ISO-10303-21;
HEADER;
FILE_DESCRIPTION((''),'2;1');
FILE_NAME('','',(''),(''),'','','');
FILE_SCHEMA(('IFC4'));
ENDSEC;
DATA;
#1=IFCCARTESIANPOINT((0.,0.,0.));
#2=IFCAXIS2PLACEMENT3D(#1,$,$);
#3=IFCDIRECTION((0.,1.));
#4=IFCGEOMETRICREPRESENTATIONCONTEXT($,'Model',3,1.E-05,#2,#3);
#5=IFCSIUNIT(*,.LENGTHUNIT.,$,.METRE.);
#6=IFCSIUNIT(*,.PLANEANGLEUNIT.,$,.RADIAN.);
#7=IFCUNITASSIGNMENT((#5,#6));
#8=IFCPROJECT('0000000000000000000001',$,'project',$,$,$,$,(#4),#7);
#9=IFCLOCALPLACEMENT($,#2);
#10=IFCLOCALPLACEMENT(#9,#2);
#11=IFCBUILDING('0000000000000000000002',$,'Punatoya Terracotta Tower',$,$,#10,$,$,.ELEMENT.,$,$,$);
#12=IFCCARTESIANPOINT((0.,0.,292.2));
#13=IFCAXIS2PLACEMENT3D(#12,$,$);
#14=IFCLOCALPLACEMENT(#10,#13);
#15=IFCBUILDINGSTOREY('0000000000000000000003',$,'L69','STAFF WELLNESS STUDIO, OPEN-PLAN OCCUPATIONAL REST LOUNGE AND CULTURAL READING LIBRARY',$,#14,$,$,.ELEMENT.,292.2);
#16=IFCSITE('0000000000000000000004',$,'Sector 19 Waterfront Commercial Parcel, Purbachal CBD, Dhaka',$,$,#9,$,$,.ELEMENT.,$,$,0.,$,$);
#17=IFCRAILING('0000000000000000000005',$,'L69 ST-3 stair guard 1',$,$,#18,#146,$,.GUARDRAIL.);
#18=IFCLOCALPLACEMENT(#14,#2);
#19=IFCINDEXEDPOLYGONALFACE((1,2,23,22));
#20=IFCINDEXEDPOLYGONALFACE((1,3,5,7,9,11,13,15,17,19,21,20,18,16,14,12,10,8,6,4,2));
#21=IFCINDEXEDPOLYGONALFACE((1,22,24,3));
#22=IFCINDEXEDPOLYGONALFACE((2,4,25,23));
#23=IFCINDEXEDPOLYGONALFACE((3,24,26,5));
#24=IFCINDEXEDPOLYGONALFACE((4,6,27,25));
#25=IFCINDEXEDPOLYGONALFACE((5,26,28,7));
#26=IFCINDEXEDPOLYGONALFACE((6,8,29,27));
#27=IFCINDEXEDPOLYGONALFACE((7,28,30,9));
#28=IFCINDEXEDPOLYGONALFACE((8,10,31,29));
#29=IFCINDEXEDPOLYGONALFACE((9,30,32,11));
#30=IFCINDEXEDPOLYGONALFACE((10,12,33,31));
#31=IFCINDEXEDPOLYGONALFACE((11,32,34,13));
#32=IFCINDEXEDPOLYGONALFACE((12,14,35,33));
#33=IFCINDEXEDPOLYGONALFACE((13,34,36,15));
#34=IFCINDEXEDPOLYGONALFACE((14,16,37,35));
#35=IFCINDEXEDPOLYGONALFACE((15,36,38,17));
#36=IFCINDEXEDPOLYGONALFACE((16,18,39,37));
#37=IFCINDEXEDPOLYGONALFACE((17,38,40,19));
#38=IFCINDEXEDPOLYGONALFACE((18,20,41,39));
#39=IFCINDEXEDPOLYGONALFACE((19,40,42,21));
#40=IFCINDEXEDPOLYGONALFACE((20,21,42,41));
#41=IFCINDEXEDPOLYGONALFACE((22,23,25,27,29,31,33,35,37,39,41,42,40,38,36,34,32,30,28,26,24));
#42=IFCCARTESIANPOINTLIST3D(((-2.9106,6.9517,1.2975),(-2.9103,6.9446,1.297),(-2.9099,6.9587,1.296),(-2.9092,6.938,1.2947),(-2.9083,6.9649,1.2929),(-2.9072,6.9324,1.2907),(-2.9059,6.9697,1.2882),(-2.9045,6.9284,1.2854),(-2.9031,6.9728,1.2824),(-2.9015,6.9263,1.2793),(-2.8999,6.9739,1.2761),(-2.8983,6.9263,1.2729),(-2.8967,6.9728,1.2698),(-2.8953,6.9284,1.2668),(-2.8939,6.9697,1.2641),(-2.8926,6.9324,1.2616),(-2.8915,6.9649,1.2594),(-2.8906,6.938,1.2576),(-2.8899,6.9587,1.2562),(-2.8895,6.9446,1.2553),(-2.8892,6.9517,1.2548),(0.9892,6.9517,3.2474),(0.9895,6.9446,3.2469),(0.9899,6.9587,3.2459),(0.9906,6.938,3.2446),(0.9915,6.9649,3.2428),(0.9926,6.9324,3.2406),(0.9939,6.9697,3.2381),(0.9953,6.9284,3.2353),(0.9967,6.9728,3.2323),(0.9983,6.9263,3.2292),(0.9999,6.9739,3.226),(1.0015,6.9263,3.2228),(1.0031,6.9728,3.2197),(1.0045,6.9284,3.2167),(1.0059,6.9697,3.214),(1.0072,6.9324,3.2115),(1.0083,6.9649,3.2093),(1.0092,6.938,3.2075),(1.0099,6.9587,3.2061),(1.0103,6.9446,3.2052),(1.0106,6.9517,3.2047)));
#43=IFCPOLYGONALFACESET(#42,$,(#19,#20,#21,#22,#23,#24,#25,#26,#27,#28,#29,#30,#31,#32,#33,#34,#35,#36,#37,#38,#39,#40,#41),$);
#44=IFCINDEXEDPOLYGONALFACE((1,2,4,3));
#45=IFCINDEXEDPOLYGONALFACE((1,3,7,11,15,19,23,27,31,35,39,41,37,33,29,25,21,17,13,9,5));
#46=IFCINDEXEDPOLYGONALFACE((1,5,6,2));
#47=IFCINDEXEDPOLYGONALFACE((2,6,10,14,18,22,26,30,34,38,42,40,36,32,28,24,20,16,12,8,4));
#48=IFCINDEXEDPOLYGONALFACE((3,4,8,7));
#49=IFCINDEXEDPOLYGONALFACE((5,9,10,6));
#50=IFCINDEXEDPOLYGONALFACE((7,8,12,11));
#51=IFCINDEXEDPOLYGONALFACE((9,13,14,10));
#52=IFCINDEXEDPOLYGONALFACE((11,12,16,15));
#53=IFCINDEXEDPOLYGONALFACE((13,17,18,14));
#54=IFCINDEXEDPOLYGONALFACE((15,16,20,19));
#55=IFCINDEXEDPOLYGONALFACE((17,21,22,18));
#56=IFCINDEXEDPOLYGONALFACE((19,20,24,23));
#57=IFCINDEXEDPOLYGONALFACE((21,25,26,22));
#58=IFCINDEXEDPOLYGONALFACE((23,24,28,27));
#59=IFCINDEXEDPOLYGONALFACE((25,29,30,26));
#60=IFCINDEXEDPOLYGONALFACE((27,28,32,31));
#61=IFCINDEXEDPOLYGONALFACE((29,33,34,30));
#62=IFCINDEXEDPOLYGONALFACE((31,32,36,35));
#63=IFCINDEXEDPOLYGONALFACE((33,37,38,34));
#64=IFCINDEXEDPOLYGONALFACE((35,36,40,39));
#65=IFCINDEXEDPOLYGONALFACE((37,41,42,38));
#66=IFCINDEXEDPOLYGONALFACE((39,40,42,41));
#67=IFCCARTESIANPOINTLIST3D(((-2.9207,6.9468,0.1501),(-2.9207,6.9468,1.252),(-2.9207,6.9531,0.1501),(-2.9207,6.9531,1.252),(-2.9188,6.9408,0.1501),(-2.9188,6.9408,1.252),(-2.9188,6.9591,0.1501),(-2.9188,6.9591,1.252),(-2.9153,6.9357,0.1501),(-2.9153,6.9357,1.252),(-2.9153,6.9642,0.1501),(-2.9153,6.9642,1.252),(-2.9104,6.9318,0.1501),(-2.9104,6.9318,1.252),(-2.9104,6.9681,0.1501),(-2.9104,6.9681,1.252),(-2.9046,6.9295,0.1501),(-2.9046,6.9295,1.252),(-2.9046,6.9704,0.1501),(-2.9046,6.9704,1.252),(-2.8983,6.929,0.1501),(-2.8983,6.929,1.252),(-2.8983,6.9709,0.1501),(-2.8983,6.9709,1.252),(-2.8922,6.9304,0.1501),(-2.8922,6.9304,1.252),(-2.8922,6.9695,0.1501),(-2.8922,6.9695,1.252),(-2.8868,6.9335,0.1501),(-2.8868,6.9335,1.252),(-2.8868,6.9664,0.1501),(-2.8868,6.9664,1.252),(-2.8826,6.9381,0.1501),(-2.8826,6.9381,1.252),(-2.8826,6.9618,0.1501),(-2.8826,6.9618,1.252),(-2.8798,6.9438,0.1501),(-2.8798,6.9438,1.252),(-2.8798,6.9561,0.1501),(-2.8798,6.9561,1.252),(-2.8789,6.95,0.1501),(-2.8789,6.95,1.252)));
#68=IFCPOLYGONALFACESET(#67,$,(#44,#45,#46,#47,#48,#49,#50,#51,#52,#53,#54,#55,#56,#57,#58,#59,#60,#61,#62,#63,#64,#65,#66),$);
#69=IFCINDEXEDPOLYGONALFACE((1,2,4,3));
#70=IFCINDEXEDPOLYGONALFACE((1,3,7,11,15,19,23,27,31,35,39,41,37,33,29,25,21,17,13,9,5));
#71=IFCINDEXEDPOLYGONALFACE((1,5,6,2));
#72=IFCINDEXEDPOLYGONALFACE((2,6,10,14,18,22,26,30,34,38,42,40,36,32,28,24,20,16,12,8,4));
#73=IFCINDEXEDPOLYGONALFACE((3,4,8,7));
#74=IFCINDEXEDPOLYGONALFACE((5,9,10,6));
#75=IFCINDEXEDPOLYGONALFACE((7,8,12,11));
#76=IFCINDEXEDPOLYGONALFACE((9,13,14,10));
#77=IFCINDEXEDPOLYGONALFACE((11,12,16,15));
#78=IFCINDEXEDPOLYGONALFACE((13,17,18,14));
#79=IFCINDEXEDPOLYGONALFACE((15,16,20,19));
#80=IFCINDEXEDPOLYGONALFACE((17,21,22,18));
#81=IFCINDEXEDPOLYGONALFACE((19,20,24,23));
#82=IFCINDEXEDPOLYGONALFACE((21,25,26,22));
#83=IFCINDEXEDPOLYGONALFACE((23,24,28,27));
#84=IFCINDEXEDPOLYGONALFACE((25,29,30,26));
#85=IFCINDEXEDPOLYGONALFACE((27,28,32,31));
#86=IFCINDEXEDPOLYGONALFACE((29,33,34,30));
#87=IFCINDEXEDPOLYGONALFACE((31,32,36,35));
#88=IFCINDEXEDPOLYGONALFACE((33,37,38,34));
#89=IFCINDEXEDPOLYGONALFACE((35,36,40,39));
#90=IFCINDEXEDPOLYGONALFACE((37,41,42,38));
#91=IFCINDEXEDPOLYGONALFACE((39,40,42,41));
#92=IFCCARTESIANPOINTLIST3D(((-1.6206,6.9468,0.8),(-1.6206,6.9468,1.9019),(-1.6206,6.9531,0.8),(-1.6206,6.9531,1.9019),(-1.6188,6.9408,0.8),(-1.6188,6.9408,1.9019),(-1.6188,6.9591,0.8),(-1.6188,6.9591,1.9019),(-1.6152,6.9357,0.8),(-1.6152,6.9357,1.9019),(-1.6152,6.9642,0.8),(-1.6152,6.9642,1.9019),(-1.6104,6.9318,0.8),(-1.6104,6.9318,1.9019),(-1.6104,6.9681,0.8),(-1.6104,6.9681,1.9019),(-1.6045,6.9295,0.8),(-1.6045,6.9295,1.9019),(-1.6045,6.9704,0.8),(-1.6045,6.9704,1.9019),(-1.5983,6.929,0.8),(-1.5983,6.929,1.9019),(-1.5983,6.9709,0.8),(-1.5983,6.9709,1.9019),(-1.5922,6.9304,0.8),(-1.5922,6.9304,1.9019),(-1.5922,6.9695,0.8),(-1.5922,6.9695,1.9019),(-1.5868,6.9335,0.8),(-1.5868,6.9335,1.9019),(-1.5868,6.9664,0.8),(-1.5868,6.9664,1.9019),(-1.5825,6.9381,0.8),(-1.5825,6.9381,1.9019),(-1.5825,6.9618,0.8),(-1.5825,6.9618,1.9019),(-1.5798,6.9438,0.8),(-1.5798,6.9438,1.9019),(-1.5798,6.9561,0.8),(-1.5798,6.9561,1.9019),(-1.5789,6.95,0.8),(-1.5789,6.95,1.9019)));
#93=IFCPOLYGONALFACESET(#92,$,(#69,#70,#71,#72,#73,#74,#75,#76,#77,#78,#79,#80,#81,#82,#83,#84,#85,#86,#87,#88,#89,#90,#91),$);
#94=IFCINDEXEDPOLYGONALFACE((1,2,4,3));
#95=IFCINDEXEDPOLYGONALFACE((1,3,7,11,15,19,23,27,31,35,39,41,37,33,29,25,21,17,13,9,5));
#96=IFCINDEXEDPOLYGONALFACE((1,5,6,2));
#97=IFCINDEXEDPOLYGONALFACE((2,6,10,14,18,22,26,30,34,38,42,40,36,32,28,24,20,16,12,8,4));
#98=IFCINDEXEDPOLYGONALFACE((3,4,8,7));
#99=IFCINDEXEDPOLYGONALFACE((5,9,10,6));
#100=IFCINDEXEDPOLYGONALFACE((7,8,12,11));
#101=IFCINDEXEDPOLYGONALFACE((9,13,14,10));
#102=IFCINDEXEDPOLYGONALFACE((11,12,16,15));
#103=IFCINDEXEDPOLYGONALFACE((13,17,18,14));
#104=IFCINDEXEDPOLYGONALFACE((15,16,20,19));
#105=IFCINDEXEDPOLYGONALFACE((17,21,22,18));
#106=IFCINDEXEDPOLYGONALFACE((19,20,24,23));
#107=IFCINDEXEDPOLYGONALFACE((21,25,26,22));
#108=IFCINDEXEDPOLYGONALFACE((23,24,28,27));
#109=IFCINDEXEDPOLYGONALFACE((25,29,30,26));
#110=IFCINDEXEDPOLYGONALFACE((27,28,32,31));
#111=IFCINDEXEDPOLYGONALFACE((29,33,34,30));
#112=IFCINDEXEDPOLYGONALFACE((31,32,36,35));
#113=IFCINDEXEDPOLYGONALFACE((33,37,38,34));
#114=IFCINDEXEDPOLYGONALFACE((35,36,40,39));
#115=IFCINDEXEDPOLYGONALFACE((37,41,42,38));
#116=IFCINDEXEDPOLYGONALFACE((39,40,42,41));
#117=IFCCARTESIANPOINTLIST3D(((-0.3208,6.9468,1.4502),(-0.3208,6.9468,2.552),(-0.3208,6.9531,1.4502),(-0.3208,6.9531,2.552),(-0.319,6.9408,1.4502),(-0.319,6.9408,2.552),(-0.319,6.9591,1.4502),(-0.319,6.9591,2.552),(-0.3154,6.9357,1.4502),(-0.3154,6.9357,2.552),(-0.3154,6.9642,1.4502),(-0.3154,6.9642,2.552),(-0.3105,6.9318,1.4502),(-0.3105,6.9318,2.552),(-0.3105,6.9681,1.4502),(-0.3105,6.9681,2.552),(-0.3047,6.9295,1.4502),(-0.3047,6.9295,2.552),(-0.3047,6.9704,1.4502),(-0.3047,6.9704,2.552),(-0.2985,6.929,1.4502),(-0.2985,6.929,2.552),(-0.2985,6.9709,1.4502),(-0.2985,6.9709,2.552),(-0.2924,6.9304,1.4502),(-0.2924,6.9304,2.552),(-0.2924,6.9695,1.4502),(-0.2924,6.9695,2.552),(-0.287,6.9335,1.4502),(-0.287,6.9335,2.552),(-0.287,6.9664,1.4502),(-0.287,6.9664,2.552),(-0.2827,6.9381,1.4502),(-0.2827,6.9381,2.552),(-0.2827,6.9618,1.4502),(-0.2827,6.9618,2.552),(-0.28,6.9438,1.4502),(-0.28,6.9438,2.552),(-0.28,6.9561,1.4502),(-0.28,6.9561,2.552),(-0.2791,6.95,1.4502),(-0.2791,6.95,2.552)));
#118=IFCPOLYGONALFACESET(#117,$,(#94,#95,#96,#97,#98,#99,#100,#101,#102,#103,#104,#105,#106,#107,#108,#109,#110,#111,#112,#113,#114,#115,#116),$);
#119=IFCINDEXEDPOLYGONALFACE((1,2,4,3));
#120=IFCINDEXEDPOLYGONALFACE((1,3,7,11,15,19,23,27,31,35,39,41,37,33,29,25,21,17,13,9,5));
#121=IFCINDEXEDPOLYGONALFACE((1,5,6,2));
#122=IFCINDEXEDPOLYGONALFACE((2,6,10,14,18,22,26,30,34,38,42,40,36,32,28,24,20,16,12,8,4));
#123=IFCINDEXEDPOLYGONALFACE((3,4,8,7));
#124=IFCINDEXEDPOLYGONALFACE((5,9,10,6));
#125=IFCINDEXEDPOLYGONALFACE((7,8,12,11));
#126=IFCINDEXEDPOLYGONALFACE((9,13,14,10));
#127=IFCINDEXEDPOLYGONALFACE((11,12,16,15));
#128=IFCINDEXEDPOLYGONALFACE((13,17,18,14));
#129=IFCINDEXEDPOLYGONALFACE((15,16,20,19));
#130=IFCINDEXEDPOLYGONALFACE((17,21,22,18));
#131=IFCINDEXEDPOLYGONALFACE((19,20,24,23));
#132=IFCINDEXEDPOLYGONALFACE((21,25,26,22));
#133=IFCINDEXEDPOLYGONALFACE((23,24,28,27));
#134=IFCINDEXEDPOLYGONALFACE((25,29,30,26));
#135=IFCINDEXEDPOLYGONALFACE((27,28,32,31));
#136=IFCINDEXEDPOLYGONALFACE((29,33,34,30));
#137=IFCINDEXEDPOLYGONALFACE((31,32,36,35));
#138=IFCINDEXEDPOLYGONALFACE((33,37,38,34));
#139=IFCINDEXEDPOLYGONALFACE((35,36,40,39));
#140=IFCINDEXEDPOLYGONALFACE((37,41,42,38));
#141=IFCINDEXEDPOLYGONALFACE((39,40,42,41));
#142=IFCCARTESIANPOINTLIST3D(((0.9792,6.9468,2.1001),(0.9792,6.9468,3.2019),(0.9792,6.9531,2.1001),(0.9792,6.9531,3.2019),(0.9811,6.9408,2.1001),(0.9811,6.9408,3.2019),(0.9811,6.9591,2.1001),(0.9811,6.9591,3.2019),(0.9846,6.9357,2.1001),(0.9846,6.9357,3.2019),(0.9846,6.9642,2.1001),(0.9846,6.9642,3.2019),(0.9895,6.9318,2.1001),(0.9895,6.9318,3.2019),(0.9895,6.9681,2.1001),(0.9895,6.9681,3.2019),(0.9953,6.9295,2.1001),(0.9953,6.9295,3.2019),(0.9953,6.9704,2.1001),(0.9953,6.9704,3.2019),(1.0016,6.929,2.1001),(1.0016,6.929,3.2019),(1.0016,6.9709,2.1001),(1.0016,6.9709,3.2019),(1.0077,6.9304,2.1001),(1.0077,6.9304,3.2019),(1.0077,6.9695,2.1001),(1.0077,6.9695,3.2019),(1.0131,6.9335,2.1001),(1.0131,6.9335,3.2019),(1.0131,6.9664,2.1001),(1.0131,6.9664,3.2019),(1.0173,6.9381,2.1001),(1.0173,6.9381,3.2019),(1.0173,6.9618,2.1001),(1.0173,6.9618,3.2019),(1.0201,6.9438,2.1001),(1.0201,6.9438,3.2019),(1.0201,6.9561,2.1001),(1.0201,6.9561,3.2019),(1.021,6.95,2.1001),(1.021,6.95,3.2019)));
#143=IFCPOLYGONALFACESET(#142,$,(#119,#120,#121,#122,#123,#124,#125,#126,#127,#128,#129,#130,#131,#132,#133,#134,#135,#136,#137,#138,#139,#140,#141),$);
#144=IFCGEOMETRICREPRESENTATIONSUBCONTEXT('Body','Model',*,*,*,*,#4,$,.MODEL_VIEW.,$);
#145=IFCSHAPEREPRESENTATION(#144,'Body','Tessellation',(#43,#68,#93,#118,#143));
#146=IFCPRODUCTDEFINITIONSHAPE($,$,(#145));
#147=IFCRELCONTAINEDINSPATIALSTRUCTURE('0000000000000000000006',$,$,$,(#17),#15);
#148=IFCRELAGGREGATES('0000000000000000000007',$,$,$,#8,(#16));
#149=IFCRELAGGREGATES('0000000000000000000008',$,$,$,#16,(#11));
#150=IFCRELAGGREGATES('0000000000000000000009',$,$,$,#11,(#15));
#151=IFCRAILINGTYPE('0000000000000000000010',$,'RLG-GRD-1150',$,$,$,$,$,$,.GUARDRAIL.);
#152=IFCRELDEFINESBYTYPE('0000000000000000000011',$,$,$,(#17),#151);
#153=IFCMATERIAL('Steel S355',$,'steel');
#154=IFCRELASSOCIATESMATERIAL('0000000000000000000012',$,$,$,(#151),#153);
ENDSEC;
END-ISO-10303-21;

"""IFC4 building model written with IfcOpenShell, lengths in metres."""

from ifc_helpers import new_model, si_unit, direction, frame, origin, origin_2d, place, context, subcontext, project, spatial, circle, extrude, material, type_object, element, save


model = new_model("IFC4")

# Units and contexts
model_context = context("Model", 3, precision=1e-05, world=origin(), true_north=direction((0.0, 1.0)))
body_context = subcontext(model_context, "Body", "Model", "MODEL_VIEW")
ifc_project = project(units=[si_unit("LENGTHUNIT", "METRE"), si_unit("PLANEANGLEUNIT", "RADIAN")], contexts=[model_context])

# Site, building, storey
site_placement = place(None, origin())
site = spatial("IfcSite", under=ifc_project, at=site_placement, Name="Sector 19 Waterfront Commercial Parcel, Purbachal CBD, Dhaka", CompositionType="ELEMENT", RefElevation=0.0)
building_placement = place(site_placement, origin())
building = spatial("IfcBuilding", under=site, at=building_placement, Name="Punatoya Terracotta Tower", CompositionType="ELEMENT")
storey_placement = place(building_placement, frame((0.0, 0.0, 292.2)))
storey = spatial("IfcBuildingStorey", under=building, at=storey_placement, Name="L69", Description="STAFF WELLNESS STUDIO, OPEN-PLAN OCCUPATIONAL REST LOUNGE AND CULTURAL READING LIBRARY", CompositionType="ELEMENT", Elevation=292.2)

# Shared definitions
ifc_material_1 = material(Name="Steel S355", Category="steel")

# Railing
railing_type_1 = type_object("IfcRailingType", Name="RLG-GRD-1150", PredefinedType="GUARDRAIL", material=ifc_material_1)
railing_1_placement = place(storey_placement, frame((-2.8999, 6.95, 0.1501)))
element("IfcRailing", 1, at=railing_1_placement, inside=storey, type_object=railing_type_1, Name="L69 ST-3 stair guard 1", PredefinedType="GUARDRAIL", context=body_context, shape_type="SweptSolid", body=[
    extrude(circle(Radius=0.0239, at=origin_2d()), frame((0.0, 0.0, 1.126), z_axis=(0.894427, 0.0, 0.447214), x_axis=(0.0, 1.0, 0.0)), (0.0, 0.0, 1.0), 4.3601),
    extrude(circle(Radius=0.021, at=origin_2d()), origin(), (0.0, 0.0, 1.0), 1.1018),
    extrude(circle(Radius=0.021, at=origin_2d()), frame((1.3, 0.0, 0.6499)), (0.0, 0.0, 1.0), 1.1018),
    extrude(circle(Radius=0.021, at=origin_2d()), frame((2.5999, 0.0, 1.3)), (0.0, 0.0, 1.0), 1.1018),
    extrude(circle(Radius=0.021, at=origin_2d()), frame((3.8999, 0.0, 1.95)), (0.0, 0.0, 1.0), 1.1018),
])

save(model, "model.ifc")
